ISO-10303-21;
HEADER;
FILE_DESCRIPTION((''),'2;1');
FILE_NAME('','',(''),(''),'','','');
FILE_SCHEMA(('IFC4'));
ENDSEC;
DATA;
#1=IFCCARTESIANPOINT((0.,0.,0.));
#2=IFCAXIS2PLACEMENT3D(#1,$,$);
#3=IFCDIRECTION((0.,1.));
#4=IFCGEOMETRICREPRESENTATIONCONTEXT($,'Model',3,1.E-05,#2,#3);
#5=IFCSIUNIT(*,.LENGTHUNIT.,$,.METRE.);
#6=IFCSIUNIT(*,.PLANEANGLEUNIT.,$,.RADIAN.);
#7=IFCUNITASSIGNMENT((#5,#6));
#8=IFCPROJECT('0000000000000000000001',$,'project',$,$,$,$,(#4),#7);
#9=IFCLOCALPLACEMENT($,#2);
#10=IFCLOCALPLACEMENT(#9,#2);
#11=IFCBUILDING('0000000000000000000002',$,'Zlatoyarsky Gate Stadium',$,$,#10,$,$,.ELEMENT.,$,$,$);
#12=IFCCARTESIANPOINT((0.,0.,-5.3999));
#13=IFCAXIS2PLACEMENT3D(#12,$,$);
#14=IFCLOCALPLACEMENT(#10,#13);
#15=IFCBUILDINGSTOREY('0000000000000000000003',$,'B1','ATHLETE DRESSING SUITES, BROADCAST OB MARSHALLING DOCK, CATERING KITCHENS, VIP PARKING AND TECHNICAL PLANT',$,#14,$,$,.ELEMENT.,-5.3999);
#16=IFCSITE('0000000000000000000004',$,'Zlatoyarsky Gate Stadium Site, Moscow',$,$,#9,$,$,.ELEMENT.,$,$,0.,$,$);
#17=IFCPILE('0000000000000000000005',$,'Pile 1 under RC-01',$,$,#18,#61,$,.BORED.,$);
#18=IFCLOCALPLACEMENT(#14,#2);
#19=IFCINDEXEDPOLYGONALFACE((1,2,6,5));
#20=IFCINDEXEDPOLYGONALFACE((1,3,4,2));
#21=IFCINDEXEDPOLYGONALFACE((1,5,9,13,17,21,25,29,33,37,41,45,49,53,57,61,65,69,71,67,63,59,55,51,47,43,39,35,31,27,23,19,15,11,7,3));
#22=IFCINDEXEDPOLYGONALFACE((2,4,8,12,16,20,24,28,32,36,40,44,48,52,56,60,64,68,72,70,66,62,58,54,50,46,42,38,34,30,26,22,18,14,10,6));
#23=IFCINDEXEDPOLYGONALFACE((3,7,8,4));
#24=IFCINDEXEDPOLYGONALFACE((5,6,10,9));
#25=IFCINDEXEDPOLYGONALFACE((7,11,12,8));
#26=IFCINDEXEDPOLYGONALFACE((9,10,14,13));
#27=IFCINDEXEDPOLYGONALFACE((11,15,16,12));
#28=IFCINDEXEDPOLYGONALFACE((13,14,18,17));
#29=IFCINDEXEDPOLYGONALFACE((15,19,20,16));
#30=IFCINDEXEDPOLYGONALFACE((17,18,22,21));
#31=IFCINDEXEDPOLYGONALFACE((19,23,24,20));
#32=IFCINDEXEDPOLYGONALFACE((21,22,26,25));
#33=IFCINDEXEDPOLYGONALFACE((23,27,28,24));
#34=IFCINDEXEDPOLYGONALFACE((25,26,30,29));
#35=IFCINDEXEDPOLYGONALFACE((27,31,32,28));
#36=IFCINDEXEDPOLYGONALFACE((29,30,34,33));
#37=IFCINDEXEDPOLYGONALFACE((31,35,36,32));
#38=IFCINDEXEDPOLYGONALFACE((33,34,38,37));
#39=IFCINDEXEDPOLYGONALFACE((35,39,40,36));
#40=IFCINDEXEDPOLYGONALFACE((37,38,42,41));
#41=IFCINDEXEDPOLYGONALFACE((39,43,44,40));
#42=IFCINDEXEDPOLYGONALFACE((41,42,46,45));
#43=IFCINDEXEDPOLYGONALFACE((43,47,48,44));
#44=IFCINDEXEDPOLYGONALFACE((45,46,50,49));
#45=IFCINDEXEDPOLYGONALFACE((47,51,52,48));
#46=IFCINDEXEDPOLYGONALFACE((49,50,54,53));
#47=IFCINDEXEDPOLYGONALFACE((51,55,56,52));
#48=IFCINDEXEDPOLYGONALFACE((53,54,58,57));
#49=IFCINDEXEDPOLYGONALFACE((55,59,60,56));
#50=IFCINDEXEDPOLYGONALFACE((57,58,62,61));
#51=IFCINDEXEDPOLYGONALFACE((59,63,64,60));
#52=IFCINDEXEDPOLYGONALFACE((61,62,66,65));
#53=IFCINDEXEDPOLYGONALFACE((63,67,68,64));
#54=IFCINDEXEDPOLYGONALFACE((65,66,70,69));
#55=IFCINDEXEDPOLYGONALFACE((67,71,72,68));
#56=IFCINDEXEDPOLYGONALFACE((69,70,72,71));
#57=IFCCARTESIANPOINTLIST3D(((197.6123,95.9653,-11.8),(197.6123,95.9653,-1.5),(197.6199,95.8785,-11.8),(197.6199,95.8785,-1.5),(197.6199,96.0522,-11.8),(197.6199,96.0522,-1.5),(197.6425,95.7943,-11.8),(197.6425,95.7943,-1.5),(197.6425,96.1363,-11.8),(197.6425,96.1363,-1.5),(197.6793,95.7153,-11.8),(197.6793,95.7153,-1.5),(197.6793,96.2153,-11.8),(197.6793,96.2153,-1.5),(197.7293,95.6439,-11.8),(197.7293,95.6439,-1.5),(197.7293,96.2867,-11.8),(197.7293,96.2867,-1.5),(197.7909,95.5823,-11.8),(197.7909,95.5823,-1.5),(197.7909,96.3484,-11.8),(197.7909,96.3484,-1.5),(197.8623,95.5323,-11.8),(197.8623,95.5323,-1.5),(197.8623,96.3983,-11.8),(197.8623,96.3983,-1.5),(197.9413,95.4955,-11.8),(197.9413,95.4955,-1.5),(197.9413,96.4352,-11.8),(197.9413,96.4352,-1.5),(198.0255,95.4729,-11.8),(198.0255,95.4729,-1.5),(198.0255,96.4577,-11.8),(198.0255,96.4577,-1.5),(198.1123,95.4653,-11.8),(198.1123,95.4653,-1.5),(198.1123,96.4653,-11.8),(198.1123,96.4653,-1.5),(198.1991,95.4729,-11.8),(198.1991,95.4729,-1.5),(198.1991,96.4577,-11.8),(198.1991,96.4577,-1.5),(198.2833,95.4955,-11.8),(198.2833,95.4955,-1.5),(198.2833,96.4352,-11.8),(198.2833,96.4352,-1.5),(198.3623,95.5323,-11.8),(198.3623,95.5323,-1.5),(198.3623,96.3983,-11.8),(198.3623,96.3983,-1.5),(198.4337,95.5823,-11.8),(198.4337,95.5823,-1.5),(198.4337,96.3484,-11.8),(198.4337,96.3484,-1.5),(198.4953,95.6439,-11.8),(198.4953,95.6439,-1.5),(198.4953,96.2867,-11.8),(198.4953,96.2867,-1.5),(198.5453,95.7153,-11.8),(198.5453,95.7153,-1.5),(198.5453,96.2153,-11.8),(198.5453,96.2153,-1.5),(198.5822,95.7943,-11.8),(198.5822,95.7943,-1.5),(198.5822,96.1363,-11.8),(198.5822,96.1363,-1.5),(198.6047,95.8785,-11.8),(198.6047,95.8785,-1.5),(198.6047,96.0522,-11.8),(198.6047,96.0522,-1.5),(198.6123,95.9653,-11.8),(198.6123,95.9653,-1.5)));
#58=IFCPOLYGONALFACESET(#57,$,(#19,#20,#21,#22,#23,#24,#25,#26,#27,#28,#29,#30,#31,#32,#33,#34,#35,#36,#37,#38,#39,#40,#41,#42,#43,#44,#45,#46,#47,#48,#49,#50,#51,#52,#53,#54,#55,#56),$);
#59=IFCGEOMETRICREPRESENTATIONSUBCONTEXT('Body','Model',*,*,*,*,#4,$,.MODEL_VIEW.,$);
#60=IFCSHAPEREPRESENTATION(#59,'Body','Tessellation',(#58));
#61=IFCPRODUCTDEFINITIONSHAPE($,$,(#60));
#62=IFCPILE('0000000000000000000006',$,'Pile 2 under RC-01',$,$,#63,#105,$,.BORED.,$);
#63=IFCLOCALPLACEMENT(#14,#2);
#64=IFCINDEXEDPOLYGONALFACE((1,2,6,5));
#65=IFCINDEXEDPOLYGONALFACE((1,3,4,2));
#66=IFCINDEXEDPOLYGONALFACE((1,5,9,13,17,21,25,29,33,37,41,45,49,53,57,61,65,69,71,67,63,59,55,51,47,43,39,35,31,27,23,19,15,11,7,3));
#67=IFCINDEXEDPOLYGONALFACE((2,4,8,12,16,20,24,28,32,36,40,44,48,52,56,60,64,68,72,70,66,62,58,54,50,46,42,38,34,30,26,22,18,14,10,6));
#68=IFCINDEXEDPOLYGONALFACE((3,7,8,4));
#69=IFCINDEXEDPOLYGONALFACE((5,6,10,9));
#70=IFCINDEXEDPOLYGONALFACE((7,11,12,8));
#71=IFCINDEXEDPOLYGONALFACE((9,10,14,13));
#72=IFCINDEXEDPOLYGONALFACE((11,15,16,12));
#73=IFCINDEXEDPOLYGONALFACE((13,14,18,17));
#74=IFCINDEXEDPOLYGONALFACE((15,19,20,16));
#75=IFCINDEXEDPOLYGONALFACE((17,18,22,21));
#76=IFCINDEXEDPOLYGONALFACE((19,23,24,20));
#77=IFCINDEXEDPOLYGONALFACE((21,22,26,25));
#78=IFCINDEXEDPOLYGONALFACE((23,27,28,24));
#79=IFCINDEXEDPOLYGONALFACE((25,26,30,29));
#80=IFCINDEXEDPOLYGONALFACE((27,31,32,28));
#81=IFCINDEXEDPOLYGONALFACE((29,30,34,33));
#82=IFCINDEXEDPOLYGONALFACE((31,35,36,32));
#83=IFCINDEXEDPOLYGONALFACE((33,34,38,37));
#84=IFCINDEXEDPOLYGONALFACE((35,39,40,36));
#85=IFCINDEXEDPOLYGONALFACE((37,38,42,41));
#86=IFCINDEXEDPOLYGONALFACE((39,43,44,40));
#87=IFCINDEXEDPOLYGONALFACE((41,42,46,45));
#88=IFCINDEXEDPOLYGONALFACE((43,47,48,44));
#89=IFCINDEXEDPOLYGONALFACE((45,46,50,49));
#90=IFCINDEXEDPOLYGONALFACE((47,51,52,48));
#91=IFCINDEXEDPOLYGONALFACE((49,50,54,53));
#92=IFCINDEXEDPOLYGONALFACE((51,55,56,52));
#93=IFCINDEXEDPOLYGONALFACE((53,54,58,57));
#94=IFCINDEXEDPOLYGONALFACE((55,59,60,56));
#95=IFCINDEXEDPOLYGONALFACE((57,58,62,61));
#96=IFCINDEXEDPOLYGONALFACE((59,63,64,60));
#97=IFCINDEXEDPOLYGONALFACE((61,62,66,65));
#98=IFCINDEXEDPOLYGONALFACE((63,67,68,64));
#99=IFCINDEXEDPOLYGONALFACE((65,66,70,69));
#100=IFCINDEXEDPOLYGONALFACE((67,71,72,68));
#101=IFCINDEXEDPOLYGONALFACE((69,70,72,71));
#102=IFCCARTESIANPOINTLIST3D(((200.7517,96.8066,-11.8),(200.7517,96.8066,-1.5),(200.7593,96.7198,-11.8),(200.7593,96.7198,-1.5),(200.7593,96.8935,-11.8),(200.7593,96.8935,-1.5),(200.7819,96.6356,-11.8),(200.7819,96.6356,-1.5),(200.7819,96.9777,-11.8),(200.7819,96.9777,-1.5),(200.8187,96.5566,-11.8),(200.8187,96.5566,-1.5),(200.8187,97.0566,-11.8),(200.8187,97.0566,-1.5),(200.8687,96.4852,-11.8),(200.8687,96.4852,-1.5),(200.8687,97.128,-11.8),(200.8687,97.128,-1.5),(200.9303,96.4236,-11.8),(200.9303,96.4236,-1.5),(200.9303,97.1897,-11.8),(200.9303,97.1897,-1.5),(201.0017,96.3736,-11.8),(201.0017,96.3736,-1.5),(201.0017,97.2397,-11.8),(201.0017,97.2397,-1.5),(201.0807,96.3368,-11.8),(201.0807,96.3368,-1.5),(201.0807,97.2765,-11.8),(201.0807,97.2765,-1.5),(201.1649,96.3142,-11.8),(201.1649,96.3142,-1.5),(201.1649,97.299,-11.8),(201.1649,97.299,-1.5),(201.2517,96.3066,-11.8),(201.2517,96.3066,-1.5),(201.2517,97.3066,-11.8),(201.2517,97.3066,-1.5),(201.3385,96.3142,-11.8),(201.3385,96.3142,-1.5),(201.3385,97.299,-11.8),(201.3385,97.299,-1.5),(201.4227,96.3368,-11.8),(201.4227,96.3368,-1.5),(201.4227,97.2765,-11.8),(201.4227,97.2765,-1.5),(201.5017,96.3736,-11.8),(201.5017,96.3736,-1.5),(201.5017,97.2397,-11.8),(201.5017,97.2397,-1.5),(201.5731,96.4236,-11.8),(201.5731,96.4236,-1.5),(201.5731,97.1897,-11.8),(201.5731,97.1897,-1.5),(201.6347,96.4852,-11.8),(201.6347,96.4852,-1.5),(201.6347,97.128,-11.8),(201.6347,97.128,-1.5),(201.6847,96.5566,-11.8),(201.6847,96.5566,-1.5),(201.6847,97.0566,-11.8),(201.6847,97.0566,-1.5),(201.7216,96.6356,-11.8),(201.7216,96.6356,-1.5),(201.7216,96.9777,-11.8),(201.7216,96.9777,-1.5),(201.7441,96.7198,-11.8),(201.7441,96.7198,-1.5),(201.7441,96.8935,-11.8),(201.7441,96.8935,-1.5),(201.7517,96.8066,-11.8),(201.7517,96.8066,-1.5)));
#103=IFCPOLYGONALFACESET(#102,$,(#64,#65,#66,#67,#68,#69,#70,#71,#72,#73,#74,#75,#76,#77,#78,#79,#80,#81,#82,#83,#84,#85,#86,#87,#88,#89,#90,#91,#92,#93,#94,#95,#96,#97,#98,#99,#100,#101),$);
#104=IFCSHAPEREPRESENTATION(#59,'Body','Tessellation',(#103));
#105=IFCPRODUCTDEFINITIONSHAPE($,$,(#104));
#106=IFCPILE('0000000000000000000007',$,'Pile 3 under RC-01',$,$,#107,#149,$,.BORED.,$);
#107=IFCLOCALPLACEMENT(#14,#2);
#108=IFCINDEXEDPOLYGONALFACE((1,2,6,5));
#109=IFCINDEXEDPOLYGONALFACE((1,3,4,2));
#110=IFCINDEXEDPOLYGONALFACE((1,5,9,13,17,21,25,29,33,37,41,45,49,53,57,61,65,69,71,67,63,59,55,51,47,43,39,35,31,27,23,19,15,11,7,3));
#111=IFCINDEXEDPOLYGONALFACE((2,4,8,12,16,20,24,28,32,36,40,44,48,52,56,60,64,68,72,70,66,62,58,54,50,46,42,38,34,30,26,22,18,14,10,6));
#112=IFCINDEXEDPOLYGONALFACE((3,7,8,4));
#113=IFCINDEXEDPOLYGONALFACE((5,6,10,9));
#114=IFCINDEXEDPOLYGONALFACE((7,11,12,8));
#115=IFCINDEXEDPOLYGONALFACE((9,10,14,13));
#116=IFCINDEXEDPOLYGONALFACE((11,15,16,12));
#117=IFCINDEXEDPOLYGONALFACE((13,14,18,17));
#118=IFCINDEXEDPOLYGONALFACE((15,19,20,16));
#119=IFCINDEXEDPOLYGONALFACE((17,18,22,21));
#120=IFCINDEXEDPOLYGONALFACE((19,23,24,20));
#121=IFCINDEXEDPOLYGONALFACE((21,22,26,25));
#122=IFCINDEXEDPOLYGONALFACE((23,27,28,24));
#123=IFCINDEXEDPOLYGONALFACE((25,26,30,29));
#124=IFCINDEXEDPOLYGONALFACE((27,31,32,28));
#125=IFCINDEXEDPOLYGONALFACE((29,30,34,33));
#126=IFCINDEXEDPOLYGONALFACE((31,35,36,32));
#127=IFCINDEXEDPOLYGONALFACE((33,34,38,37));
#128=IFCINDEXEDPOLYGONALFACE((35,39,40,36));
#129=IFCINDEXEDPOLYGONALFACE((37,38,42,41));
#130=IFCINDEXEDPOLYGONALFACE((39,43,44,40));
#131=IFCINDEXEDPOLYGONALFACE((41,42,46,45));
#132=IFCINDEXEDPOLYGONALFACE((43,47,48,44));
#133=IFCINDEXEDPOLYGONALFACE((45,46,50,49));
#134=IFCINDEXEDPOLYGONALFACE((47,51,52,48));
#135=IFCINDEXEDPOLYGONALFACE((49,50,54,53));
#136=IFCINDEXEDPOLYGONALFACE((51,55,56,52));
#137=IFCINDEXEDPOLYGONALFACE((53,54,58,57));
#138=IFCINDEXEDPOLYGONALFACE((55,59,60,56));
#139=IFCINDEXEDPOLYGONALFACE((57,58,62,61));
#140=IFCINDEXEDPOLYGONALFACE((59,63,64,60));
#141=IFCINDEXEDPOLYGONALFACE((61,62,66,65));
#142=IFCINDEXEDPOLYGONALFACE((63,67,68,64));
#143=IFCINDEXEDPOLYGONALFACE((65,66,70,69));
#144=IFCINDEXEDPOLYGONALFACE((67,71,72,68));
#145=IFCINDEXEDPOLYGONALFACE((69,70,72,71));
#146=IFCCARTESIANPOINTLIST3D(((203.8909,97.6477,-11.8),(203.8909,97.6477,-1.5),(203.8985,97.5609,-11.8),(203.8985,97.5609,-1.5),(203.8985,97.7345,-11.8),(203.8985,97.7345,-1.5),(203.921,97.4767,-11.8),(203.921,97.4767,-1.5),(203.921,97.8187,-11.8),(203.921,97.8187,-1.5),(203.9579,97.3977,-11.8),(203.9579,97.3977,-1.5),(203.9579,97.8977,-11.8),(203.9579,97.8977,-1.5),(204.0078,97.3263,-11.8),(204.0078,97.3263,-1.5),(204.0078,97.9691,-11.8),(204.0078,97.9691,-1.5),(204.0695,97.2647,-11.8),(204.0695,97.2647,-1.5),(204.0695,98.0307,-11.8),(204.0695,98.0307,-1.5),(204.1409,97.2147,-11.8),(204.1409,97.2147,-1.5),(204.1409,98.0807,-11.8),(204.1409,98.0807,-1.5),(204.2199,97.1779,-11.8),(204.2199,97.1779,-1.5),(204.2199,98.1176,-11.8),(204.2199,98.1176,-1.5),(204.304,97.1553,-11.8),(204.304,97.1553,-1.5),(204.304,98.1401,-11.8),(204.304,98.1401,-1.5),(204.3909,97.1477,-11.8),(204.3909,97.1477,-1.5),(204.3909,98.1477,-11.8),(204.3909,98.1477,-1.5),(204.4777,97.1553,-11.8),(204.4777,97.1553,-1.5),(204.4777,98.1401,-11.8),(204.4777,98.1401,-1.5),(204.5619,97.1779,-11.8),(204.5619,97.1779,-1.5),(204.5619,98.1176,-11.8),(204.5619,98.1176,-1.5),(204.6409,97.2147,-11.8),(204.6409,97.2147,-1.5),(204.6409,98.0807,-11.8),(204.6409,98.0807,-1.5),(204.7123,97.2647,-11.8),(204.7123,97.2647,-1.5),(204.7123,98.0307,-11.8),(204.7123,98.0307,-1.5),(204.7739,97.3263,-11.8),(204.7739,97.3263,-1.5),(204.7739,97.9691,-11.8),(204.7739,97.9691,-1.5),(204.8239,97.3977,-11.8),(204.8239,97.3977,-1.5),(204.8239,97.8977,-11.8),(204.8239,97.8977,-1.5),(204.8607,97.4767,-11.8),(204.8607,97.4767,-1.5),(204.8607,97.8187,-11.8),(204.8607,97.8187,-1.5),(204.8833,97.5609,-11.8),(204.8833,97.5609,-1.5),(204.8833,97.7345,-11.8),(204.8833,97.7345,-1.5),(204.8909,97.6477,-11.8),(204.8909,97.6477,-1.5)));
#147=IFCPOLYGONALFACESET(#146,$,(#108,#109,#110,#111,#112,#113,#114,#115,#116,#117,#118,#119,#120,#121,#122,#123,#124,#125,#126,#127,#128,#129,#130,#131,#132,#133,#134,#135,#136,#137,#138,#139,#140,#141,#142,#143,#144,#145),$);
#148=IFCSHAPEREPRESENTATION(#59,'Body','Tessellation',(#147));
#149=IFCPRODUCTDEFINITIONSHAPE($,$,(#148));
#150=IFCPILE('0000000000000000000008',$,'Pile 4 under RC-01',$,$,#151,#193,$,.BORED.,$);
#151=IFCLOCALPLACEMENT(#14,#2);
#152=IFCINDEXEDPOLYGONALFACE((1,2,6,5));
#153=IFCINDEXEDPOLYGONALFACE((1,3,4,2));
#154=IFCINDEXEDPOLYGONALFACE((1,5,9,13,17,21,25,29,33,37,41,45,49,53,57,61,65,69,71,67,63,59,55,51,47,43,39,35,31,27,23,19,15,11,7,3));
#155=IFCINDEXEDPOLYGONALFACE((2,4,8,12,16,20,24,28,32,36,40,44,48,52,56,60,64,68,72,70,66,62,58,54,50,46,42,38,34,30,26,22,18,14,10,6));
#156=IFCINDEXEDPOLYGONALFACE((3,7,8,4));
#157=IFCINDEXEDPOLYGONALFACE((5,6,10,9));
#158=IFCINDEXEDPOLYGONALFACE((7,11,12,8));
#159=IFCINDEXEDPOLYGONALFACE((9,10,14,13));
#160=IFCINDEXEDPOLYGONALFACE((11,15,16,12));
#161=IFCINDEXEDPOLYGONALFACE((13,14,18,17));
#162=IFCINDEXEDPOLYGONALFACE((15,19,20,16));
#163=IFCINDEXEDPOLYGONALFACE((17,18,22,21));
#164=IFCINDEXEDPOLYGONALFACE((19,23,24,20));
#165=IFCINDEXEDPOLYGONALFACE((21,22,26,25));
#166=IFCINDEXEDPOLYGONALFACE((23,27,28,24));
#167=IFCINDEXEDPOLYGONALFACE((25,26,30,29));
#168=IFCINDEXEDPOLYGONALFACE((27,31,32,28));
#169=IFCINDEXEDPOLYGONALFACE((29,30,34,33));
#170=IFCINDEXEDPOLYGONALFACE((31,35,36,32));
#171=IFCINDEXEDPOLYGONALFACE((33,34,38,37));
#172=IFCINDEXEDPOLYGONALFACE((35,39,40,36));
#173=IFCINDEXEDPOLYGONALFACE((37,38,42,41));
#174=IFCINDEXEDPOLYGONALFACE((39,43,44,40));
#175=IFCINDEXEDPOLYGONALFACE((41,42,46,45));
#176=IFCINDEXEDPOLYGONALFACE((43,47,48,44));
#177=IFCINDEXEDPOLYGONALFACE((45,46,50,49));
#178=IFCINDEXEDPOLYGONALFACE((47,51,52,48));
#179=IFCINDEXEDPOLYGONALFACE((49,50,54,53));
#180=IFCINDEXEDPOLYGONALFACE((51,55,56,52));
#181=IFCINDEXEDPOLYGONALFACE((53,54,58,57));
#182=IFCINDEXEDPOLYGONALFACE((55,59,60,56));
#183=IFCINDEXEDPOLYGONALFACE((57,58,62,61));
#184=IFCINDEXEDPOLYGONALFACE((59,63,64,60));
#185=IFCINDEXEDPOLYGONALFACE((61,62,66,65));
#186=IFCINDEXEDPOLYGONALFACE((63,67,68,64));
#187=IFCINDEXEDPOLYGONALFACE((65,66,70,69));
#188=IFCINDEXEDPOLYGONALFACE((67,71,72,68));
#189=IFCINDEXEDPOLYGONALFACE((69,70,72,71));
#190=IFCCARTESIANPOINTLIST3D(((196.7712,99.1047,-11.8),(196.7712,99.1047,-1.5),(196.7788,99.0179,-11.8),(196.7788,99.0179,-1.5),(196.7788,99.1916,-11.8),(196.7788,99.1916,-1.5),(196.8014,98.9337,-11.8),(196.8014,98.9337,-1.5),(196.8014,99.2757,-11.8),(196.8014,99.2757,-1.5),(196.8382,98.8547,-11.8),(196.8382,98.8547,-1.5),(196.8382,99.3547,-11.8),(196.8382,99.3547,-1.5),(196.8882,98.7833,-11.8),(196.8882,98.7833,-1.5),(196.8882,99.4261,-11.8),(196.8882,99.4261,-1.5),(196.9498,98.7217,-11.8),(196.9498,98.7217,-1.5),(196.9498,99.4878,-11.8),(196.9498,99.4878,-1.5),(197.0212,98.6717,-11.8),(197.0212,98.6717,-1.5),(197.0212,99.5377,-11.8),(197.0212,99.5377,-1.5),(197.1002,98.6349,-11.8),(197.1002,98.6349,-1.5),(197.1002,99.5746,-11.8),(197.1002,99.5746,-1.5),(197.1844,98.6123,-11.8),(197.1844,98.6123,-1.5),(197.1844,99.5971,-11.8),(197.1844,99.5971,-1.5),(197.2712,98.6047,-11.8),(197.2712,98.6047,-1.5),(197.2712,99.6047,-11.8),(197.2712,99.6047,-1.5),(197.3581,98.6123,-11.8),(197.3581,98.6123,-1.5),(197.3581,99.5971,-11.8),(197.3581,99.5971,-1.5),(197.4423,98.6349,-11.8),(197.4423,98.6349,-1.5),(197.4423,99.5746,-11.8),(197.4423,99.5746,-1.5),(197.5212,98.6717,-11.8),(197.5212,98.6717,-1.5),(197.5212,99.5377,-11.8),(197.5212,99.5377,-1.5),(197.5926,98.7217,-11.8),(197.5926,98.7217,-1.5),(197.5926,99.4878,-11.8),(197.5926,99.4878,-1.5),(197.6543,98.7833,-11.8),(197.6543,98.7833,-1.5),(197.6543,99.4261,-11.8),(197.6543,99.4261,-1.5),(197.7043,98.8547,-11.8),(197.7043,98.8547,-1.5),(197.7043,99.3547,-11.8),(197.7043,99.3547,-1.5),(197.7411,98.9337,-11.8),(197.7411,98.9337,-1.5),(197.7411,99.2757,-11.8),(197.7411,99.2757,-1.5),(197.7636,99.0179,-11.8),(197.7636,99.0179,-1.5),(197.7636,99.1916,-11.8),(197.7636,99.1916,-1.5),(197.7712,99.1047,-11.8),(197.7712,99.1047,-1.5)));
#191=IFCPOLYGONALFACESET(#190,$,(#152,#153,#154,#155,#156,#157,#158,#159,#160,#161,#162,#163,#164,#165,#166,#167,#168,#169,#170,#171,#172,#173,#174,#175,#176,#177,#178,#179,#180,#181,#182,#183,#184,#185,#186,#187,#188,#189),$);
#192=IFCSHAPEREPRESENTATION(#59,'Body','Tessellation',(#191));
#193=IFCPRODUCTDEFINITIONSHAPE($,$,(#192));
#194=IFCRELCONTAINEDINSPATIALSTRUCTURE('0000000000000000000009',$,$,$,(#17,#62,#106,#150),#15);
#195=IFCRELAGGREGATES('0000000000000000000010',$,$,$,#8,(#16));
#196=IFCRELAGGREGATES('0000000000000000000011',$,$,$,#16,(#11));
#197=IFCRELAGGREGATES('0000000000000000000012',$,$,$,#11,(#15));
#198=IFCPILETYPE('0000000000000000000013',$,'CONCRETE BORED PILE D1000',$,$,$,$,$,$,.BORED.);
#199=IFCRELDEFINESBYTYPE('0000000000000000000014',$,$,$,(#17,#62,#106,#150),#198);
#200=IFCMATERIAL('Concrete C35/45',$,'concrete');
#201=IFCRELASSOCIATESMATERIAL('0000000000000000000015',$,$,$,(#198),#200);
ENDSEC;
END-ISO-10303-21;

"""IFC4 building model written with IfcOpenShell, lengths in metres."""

from ifc_helpers import new_model, si_unit, direction, frame, origin, origin_2d, place, context, subcontext, project, spatial, circle, extrude, material, material_profile, profile_set, type_object, element, save


model = new_model("IFC4")

# Units and contexts
model_context = context("Model", 3, precision=1e-05, world=origin(), true_north=direction((0.0, 1.0)))
body_context = subcontext(model_context, "Body", "Model", "MODEL_VIEW")
ifc_project = project(units=[si_unit("LENGTHUNIT", "METRE"), si_unit("PLANEANGLEUNIT", "RADIAN")], contexts=[model_context])

# Site, building, storey
site_placement = place(None, origin())
site = spatial("IfcSite", under=ifc_project, at=site_placement, Name="Zlatoyarsky Gate Stadium Site, Moscow", CompositionType="ELEMENT", RefElevation=0.0)
building_placement = place(site_placement, origin())
building = spatial("IfcBuilding", under=site, at=building_placement, Name="Zlatoyarsky Gate Stadium", CompositionType="ELEMENT")
storey_placement = place(building_placement, frame((0.0, 0.0, -5.3999)))
storey = spatial("IfcBuildingStorey", under=building, at=storey_placement, Name="B1", Description="ATHLETE DRESSING SUITES, BROADCAST OB MARSHALLING DOCK, CATERING KITCHENS, VIP PARKING AND TECHNICAL PLANT", CompositionType="ELEMENT", Elevation=-5.3999)

# Piles
ifc_material_1 = material(Name="Concrete C35/45", Category="concrete")
ifc_material_profile_1 = material_profile(ifc_material_1, circle(Radius=0.5, at=origin_2d()), Name="BORED PILE D1000")
ifc_profile_set_1 = profile_set([ifc_material_profile_1], Name="Concrete C35/45")
pile_type_1 = type_object("IfcPileType", Name="CONCRETE BORED PILE D1000", PredefinedType="BORED", material=ifc_profile_set_1)
for number, where, z_axis, x_axis, name in (
    (1, (198.1123, 95.9653, -1.5), (0.0, 0.0, -1.0), (1.0, 0.0, 0.0), "Pile 1 under RC-01"),
    (2, (201.2517, 96.8066, -1.5), (0.0, 0.0, -1.0), (1.0, 0.0, 0.0), "Pile 2 under RC-01"),
    (3, (204.3909, 97.6477, -1.5), (0.0, 0.0, -1.0), (1.0, 0.0, 0.0), "Pile 3 under RC-01"),
    (4, (197.2712, 99.1047, -1.5), (0.0, 0.0, -1.0), (1.0, 0.0, 0.0), "Pile 4 under RC-01"),
):
    element("IfcPile", number, at=place(storey_placement, frame(where, z_axis=z_axis, x_axis=x_axis)), inside=storey, type_object=pile_type_1, Name=name, PredefinedType="BORED", context=body_context, shape_type="SweptSolid", body=[
        extrude(circle(Radius=0.5, at=origin_2d()), origin(), (0.0, 0.0, 1.0), 10.3),
    ])

save(model, "model.ifc")
